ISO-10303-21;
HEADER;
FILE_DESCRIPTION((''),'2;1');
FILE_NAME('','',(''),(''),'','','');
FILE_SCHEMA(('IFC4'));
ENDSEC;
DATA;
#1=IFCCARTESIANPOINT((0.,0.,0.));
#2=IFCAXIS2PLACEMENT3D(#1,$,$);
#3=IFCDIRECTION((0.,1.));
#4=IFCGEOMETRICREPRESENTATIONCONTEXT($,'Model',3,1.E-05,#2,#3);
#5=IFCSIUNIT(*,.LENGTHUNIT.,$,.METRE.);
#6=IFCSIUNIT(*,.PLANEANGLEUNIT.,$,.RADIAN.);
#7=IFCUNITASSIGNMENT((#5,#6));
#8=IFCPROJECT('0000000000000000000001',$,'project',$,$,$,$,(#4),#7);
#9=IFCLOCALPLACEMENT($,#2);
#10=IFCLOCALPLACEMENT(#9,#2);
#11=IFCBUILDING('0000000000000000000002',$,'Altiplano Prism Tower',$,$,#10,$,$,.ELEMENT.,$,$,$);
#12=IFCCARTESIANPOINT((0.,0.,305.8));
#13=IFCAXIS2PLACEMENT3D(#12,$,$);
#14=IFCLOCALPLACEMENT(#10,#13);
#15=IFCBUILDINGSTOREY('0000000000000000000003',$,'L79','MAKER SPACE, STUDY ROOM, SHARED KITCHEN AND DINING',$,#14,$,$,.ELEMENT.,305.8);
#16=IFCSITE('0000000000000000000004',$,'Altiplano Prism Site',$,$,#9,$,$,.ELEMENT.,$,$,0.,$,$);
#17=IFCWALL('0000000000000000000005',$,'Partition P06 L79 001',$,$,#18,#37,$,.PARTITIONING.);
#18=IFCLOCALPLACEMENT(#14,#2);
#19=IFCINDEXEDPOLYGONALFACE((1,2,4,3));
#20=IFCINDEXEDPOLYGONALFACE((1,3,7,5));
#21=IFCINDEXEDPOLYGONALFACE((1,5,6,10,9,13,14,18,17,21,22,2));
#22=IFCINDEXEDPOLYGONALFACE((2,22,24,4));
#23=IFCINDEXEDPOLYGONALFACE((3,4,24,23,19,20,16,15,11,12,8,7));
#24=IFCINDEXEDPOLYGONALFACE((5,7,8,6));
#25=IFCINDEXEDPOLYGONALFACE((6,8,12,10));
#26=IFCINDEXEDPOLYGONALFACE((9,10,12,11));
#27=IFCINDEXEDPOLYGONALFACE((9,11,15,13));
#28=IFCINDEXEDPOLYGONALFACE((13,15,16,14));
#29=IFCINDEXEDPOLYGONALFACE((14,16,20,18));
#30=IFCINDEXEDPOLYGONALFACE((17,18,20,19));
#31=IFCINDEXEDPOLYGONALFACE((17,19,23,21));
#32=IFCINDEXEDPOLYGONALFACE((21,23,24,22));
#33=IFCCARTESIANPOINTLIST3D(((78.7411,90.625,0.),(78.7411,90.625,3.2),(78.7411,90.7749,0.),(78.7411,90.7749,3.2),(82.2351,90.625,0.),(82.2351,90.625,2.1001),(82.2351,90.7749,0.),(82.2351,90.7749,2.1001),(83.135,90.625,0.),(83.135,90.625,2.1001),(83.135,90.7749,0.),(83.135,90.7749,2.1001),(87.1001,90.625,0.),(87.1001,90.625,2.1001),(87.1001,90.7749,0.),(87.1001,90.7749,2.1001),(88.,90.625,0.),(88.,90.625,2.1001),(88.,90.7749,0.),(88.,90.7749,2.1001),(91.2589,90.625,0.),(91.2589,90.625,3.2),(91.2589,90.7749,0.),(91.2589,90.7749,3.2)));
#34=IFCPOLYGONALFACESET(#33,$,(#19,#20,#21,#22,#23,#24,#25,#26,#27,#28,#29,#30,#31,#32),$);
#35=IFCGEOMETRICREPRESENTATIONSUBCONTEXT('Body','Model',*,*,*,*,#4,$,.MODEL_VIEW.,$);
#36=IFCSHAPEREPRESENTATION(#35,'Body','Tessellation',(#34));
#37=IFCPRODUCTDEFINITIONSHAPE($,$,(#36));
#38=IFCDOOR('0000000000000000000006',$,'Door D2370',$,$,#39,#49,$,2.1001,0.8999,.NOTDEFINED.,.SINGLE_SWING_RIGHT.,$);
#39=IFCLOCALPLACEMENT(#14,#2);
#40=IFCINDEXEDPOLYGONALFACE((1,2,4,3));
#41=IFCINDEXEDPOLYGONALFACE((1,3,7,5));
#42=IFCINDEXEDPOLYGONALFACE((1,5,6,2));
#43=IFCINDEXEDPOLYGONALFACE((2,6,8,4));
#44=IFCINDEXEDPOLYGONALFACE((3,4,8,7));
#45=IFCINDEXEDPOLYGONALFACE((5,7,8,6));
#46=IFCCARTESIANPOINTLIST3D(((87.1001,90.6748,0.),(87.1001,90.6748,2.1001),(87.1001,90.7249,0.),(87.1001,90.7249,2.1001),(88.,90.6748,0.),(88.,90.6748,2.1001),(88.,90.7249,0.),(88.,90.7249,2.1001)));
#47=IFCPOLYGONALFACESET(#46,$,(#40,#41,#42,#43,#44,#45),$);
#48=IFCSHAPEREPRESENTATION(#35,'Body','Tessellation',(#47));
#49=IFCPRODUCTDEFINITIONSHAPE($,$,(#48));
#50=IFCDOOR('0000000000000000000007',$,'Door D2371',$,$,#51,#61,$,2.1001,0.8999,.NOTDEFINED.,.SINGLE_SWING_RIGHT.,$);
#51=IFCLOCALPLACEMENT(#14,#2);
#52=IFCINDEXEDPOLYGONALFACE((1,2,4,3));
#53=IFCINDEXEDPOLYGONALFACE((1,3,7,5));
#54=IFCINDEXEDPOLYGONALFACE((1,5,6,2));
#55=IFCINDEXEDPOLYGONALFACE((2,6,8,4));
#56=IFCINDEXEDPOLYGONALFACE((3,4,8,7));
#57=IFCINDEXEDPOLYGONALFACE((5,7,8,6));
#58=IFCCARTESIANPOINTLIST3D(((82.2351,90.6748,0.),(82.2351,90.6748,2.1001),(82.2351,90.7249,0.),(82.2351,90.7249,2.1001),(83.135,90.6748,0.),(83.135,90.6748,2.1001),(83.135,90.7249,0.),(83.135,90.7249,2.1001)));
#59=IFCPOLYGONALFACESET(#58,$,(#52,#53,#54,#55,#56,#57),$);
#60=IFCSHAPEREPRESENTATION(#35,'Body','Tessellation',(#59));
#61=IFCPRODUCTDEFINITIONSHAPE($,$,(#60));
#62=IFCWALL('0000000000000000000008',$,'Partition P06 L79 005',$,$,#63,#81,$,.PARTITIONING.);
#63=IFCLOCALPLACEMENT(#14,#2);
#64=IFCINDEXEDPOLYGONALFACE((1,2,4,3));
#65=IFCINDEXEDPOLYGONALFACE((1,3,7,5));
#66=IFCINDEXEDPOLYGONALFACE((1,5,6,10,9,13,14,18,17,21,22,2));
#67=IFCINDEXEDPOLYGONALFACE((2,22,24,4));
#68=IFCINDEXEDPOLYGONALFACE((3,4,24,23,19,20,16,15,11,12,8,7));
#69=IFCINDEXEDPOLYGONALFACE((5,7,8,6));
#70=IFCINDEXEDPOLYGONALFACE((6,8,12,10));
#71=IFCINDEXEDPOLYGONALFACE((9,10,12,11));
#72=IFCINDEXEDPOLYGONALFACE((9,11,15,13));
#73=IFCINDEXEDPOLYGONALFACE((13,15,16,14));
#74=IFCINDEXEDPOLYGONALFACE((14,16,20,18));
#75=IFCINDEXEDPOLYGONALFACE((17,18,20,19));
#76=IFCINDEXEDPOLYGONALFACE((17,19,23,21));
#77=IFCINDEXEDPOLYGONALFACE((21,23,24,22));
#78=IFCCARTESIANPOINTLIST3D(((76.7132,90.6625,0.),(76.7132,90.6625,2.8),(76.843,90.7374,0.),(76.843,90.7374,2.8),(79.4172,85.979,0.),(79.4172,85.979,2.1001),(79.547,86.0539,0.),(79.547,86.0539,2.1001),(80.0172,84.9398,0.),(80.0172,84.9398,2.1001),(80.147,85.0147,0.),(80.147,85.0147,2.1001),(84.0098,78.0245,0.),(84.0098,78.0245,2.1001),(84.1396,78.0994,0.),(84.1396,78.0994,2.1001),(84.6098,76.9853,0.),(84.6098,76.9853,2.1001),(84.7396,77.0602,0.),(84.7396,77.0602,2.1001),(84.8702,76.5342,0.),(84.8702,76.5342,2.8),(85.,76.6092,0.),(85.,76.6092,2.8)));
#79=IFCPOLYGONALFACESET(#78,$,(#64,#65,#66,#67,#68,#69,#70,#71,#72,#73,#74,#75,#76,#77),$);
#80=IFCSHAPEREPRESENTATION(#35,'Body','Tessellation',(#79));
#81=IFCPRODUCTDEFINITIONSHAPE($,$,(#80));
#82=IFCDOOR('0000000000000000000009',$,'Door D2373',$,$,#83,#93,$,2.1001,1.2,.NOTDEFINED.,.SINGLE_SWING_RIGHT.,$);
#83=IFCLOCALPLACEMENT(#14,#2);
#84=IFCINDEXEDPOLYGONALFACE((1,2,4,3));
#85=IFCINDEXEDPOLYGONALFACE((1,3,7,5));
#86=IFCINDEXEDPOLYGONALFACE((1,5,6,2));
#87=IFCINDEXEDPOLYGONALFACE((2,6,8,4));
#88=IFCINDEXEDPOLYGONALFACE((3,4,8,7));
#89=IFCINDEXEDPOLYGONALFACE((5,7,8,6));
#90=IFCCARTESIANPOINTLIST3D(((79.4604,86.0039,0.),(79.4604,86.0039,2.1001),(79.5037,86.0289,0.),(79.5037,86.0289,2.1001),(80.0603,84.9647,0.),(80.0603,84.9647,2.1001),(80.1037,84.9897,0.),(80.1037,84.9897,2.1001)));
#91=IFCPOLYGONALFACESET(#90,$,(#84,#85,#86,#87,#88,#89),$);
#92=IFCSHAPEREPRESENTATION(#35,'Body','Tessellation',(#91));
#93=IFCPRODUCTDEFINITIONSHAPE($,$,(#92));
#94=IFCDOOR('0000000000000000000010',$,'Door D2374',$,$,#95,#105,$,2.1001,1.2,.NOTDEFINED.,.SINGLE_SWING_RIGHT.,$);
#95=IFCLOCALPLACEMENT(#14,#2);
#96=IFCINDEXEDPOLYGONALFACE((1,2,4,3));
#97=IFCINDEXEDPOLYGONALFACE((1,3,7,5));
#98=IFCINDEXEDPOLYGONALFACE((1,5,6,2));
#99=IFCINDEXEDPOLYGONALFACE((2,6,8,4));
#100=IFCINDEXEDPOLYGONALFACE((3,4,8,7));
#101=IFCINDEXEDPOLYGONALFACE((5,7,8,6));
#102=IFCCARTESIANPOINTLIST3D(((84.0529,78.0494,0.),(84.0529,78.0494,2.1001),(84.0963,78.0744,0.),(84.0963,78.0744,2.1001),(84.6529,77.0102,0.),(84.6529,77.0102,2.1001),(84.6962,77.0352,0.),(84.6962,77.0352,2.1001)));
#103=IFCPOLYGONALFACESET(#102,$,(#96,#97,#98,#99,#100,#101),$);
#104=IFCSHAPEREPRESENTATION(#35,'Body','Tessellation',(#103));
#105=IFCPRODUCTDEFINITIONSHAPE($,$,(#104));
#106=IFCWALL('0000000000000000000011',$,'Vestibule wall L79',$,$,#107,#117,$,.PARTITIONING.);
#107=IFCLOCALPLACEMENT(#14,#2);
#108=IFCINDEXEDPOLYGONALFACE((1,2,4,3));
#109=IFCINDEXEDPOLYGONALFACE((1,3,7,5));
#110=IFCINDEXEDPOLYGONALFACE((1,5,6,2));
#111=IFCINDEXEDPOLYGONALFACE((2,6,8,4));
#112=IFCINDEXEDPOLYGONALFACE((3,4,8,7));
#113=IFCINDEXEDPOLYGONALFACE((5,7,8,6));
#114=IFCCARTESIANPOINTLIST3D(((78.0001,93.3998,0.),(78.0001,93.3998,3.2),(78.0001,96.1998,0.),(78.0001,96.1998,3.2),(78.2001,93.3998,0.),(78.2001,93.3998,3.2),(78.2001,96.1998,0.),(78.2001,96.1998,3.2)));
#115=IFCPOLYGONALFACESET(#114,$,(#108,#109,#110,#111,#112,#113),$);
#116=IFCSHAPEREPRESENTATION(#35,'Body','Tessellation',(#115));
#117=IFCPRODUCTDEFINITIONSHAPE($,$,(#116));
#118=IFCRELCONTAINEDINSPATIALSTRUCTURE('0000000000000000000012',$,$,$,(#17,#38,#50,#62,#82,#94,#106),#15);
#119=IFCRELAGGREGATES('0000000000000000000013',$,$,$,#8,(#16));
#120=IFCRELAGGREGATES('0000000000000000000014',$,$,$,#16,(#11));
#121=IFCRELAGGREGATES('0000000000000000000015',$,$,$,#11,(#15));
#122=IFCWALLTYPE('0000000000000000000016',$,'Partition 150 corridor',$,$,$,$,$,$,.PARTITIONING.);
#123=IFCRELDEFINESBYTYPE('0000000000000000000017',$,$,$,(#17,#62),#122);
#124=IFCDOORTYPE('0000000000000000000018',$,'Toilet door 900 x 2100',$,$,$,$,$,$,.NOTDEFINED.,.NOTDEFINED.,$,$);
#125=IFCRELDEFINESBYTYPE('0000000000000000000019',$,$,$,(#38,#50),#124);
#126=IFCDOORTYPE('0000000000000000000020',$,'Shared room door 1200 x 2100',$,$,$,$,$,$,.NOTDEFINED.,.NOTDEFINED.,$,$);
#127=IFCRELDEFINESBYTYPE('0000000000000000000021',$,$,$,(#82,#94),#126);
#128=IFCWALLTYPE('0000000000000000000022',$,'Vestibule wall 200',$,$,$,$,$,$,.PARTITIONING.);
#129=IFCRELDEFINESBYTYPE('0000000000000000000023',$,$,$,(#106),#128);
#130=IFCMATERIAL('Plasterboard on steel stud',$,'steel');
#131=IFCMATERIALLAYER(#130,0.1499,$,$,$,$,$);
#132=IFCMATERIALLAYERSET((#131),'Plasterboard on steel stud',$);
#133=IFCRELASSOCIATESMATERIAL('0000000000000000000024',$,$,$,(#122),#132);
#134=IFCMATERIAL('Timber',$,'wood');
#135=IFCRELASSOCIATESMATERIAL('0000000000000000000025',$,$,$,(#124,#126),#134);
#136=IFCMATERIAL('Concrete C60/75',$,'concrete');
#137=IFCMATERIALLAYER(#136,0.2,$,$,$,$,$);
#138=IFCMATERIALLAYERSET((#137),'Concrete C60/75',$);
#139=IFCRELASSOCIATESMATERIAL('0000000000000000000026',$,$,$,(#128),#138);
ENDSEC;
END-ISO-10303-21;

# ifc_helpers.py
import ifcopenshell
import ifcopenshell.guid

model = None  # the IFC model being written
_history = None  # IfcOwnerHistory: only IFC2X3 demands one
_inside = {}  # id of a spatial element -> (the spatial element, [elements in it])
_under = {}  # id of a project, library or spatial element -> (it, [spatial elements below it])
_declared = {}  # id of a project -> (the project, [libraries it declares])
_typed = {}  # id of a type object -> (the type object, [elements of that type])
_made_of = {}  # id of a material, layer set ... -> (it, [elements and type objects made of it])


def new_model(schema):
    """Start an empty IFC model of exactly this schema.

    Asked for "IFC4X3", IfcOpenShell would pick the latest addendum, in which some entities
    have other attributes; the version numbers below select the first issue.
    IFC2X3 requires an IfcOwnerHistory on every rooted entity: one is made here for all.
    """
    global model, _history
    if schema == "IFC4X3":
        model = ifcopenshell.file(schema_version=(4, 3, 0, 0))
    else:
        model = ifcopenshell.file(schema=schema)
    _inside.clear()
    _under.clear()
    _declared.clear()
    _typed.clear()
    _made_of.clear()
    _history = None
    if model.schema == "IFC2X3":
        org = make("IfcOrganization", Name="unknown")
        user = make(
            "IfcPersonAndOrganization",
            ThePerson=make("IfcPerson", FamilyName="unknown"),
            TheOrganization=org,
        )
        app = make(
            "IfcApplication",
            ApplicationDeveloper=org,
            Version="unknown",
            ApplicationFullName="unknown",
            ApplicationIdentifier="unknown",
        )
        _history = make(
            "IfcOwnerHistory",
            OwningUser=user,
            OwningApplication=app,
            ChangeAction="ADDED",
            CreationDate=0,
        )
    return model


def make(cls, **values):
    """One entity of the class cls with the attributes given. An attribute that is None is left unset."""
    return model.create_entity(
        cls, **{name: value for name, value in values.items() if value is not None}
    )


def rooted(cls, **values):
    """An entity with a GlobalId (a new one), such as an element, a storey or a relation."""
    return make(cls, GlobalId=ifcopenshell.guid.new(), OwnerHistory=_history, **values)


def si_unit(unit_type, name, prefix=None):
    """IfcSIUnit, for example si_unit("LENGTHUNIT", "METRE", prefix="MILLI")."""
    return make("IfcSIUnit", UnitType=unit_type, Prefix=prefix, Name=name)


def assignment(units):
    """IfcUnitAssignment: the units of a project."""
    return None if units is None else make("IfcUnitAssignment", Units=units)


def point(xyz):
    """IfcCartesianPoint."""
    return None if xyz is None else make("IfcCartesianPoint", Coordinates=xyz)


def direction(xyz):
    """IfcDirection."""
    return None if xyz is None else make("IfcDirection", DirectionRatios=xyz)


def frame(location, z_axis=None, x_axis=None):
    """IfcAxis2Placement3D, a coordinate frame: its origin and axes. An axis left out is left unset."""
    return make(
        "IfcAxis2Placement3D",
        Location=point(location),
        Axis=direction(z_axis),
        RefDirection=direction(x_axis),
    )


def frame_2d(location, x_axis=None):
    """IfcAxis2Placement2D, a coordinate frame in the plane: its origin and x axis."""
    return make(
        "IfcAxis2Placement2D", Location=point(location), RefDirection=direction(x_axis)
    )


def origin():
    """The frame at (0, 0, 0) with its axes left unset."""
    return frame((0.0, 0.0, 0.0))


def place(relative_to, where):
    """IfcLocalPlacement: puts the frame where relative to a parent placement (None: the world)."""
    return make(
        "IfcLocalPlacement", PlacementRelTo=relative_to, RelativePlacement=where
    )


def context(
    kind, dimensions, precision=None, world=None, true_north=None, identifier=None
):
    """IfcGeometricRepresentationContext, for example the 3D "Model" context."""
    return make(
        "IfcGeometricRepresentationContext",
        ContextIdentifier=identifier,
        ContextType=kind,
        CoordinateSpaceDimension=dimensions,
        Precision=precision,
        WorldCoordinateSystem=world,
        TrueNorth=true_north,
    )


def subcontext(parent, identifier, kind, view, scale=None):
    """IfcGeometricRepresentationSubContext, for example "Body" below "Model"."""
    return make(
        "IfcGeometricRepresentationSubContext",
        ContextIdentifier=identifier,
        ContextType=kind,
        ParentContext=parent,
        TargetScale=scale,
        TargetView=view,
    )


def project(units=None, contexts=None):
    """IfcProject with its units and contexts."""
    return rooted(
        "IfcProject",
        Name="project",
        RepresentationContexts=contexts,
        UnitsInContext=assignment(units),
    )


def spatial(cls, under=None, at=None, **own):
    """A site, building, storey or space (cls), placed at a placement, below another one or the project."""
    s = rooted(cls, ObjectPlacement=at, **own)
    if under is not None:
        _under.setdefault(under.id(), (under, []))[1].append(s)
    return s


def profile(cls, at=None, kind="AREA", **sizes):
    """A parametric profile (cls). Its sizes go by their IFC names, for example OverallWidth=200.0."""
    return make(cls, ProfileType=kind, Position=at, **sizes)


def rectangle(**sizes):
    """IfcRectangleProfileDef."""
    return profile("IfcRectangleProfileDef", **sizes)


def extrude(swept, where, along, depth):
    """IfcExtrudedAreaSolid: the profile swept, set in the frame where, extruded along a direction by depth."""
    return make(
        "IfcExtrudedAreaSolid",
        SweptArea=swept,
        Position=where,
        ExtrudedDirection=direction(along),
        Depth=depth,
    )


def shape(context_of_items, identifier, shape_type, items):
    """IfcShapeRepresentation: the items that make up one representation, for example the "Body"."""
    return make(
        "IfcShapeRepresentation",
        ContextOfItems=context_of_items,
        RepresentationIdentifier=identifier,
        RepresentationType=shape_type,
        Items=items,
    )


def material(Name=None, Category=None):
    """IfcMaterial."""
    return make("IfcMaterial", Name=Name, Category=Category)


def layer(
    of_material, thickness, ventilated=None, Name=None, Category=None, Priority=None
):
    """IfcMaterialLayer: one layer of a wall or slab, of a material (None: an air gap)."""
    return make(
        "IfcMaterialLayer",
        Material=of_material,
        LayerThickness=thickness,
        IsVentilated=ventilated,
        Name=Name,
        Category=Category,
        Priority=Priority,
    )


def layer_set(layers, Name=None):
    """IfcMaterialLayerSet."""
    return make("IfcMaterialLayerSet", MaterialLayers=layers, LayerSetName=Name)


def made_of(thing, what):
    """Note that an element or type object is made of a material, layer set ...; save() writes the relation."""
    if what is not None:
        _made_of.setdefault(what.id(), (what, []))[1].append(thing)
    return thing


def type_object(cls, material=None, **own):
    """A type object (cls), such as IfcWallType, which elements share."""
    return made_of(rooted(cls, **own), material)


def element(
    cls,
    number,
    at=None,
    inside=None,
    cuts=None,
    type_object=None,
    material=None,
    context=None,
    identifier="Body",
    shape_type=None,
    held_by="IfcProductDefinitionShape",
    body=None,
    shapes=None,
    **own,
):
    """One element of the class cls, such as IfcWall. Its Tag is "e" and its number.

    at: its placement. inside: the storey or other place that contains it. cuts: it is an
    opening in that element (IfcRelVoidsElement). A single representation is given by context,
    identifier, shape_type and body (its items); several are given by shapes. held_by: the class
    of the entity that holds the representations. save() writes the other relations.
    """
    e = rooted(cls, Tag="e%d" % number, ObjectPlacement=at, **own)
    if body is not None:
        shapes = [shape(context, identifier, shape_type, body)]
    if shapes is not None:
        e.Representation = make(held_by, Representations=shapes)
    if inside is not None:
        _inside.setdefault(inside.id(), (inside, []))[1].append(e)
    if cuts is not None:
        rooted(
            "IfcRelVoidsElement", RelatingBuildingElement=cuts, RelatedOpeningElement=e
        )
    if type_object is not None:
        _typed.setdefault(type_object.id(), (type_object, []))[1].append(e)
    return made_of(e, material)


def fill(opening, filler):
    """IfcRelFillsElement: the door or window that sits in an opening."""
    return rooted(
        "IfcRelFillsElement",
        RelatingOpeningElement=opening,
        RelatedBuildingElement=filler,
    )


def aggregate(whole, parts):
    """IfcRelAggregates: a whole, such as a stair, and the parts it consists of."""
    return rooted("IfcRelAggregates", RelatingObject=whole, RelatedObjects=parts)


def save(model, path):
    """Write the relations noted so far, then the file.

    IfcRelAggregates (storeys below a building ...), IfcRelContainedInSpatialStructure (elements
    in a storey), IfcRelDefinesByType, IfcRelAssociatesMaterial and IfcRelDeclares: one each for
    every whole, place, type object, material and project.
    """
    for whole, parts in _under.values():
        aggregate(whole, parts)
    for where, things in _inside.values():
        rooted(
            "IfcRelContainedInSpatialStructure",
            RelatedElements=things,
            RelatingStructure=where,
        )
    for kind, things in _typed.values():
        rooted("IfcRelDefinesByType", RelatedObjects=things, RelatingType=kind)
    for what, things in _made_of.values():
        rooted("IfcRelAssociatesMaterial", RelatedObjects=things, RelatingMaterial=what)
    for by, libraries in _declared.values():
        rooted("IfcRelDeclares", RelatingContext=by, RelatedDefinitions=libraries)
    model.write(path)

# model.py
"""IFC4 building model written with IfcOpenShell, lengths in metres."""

from ifc_helpers import new_model, si_unit, direction, frame, frame_2d, origin, place, context, subcontext, project, spatial, rectangle, extrude, material, layer, layer_set, type_object, element, fill, save


model = new_model("IFC4")

# Units and contexts
model_context = context("Model", 3, precision=1e-05, world=origin(), true_north=direction((0.0, 1.0)))
body_context = subcontext(model_context, "Body", "Model", "MODEL_VIEW")
ifc_project = project(units=[si_unit("LENGTHUNIT", "METRE"), si_unit("PLANEANGLEUNIT", "RADIAN")], contexts=[model_context])

# Site, building, storey
site_placement = place(None, origin())
site = spatial("IfcSite", under=ifc_project, at=site_placement, Name="Altiplano Prism Site", CompositionType="ELEMENT", RefElevation=0.0)
building_placement = place(site_placement, origin())
building = spatial("IfcBuilding", under=site, at=building_placement, Name="Altiplano Prism Tower", CompositionType="ELEMENT")
storey_placement = place(building_placement, frame((0.0, 0.0, 305.8)))
storey = spatial("IfcBuildingStorey", under=building, at=storey_placement, Name="L79", Description="MAKER SPACE, STUDY ROOM, SHARED KITCHEN AND DINING", CompositionType="ELEMENT", Elevation=305.8)

# Shared definitions
ifc_material_1 = material(Name="Concrete C60/75", Category="concrete")

# Shared definitions
ifc_material_2 = material(Name="Plasterboard on steel stud", Category="steel")

# Walls, openings, doors
ifc_layer_1 = layer(ifc_material_2, 0.1499)
ifc_layer_set_1 = layer_set([ifc_layer_1], Name="Plasterboard on steel stud")
wall_type_1 = type_object("IfcWallType", Name="Partition 150 corridor", PredefinedType="PARTITIONING", material=ifc_layer_set_1)
wall_1_placement = place(storey_placement, frame((78.7412, 90.7, 0.0), z_axis=(0.0, 0.0, 1.0), x_axis=(1.0, 0.0, 0.0)))
wall_1 = element("IfcWall", 1, at=wall_1_placement, inside=storey, type_object=wall_type_1, Name="Partition P06 L79 001", PredefinedType="PARTITIONING", context=body_context, shape_type="SweptSolid", body=[
    extrude(rectangle(XDim=12.5178, YDim=0.1499, at=frame_2d((6.2588, 0.0))), origin(), (0.0, 0.0, 1.0), 3.2),
])
opening_1_placement = place(wall_1_placement, frame((8.3589, 0.0, 0.0)))
opening_1 = element("IfcOpeningElement", 2, at=opening_1_placement, cuts=wall_1, PredefinedType="OPENING", context=body_context, shape_type="SweptSolid", body=[
    extrude(rectangle(XDim=0.8999, YDim=2.1001, at=frame_2d((0.45, 1.05))), frame((0.0, 0.0854, 0.0), z_axis=(0.0, -1.0, 0.0), x_axis=(1.0, 0.0, 0.0)), (0.0, 0.0, 1.0), 0.1709),
])
opening_2_placement = place(wall_1_placement, frame((3.4939, 0.0, 0.0)))
opening_2 = element("IfcOpeningElement", 3, at=opening_2_placement, cuts=wall_1, PredefinedType="OPENING", context=body_context, shape_type="SweptSolid", body=[
    extrude(rectangle(XDim=0.8999, YDim=2.1001, at=frame_2d((0.45, 1.05))), frame((0.0, 0.0854, 0.0), z_axis=(0.0, -1.0, 0.0), x_axis=(1.0, 0.0, 0.0)), (0.0, 0.0, 1.0), 0.1709),
])
ifc_material_3 = material(Name="Timber", Category="wood")
door_type_1 = type_object("IfcDoorType", Name="Toilet door 900 x 2100", OperationType="NOTDEFINED", PredefinedType="NOTDEFINED", material=ifc_material_3)
door_1_placement = place(opening_1_placement, origin())
door_1 = element("IfcDoor", 4, at=door_1_placement, inside=storey, type_object=door_type_1, Name="Door D2370", OperationType="SINGLE_SWING_RIGHT", OverallHeight=2.1001, OverallWidth=0.8999, PredefinedType="NOTDEFINED", context=body_context, shape_type="SweptSolid", body=[
    extrude(rectangle(XDim=0.8999, YDim=2.1001, at=frame_2d((0.45, 1.05))), frame((0.0, 0.0249, 0.0), z_axis=(0.0, -1.0, 0.0), x_axis=(1.0, 0.0, 0.0)), (0.0, 0.0, 1.0), 0.05),
])
fill(opening_1, door_1)
door_2_placement = place(opening_2_placement, origin())
door_2 = element("IfcDoor", 5, at=door_2_placement, inside=storey, type_object=door_type_1, Name="Door D2371", OperationType="SINGLE_SWING_RIGHT", OverallHeight=2.1001, OverallWidth=0.8999, PredefinedType="NOTDEFINED", context=body_context, shape_type="SweptSolid", body=[
    extrude(rectangle(XDim=0.8999, YDim=2.1001, at=frame_2d((0.45, 1.05))), frame((0.0, 0.0249, 0.0), z_axis=(0.0, -1.0, 0.0), x_axis=(1.0, 0.0, 0.0)), (0.0, 0.0, 1.0), 0.05),
])
fill(opening_2, door_2)
wall_2_placement = place(storey_placement, frame((76.7781, 90.7, 0.0), z_axis=(0.0, 0.0, 1.0), x_axis=(0.500004, -0.866023, 0.0)))
wall_2 = element("IfcWall", 6, at=wall_2_placement, inside=storey, type_object=wall_type_1, Name="Partition P06 L79 005", PredefinedType="PARTITIONING", context=body_context, shape_type="SweptSolid", body=[
    extrude(rectangle(XDim=16.314, YDim=0.1499, at=frame_2d((8.157, 0.0))), origin(), (0.0, 0.0, 1.0), 2.8),
])
opening_3_placement = place(wall_2_placement, frame((5.408, 0.0, 0.0)))
opening_3 = element("IfcOpeningElement", 7, at=opening_3_placement, cuts=wall_2, PredefinedType="OPENING", context=body_context, shape_type="SweptSolid", body=[
    extrude(rectangle(XDim=1.2, YDim=2.1001, at=frame_2d((0.6001, 1.05))), frame((0.0, 0.0854, 0.0), z_axis=(0.0, -1.0, 0.0), x_axis=(1.0, 0.0, 0.0)), (0.0, 0.0, 1.0), 0.1709),
])
opening_4_placement = place(wall_2_placement, frame((14.593, 0.0, 0.0)))
opening_4 = element("IfcOpeningElement", 8, at=opening_4_placement, cuts=wall_2, PredefinedType="OPENING", context=body_context, shape_type="SweptSolid", body=[
    extrude(rectangle(XDim=1.2, YDim=2.1001, at=frame_2d((0.6001, 1.05))), frame((0.0, 0.0854, 0.0), z_axis=(0.0, -1.0, 0.0), x_axis=(1.0, 0.0, 0.0)), (0.0, 0.0, 1.0), 0.1709),
])
door_type_2 = type_object("IfcDoorType", Name="Shared room door 1200 x 2100", OperationType="NOTDEFINED", PredefinedType="NOTDEFINED", material=ifc_material_3)
door_3_placement = place(opening_3_placement, origin())
door_3 = element("IfcDoor", 9, at=door_3_placement, inside=storey, type_object=door_type_2, Name="Door D2373", OperationType="SINGLE_SWING_RIGHT", OverallHeight=2.1001, OverallWidth=1.2, PredefinedType="NOTDEFINED", context=body_context, shape_type="SweptSolid", body=[
    extrude(rectangle(XDim=1.2, YDim=2.1001, at=frame_2d((0.6001, 1.05))), frame((0.0, 0.0249, 0.0), z_axis=(0.0, -1.0, 0.0), x_axis=(1.0, 0.0, 0.0)), (0.0, 0.0, 1.0), 0.05),
])
fill(opening_3, door_3)
door_4_placement = place(opening_4_placement, origin())
door_4 = element("IfcDoor", 10, at=door_4_placement, inside=storey, type_object=door_type_2, Name="Door D2374", OperationType="SINGLE_SWING_RIGHT", OverallHeight=2.1001, OverallWidth=1.2, PredefinedType="NOTDEFINED", context=body_context, shape_type="SweptSolid", body=[
    extrude(rectangle(XDim=1.2, YDim=2.1001, at=frame_2d((0.6001, 1.05))), frame((0.0, 0.0249, 0.0), z_axis=(0.0, -1.0, 0.0), x_axis=(1.0, 0.0, 0.0)), (0.0, 0.0, 1.0), 0.05),
])
fill(opening_4, door_4)

# Wall
ifc_layer_2 = layer(ifc_material_1, 0.2)
ifc_layer_set_2 = layer_set([ifc_layer_2], Name="Concrete C60/75")
wall_type_2 = type_object("IfcWallType", Name="Vestibule wall 200", PredefinedType="PARTITIONING", material=ifc_layer_set_2)
wall_3_placement = place(storey_placement, frame((78.1001, 93.3999, 0.0), z_axis=(0.0, 0.0, 1.0), x_axis=(0.0, 1.0, 0.0)))
element("IfcWall", 11, at=wall_3_placement, inside=storey, type_object=wall_type_2, Name="Vestibule wall L79", PredefinedType="PARTITIONING", context=body_context, shape_type="SweptSolid", body=[
    extrude(rectangle(XDim=2.8, YDim=0.2, at=frame_2d((1.3999, 0.0))), origin(), (0.0, 0.0, 1.0), 3.2),
])

save(model, "model.ifc")
